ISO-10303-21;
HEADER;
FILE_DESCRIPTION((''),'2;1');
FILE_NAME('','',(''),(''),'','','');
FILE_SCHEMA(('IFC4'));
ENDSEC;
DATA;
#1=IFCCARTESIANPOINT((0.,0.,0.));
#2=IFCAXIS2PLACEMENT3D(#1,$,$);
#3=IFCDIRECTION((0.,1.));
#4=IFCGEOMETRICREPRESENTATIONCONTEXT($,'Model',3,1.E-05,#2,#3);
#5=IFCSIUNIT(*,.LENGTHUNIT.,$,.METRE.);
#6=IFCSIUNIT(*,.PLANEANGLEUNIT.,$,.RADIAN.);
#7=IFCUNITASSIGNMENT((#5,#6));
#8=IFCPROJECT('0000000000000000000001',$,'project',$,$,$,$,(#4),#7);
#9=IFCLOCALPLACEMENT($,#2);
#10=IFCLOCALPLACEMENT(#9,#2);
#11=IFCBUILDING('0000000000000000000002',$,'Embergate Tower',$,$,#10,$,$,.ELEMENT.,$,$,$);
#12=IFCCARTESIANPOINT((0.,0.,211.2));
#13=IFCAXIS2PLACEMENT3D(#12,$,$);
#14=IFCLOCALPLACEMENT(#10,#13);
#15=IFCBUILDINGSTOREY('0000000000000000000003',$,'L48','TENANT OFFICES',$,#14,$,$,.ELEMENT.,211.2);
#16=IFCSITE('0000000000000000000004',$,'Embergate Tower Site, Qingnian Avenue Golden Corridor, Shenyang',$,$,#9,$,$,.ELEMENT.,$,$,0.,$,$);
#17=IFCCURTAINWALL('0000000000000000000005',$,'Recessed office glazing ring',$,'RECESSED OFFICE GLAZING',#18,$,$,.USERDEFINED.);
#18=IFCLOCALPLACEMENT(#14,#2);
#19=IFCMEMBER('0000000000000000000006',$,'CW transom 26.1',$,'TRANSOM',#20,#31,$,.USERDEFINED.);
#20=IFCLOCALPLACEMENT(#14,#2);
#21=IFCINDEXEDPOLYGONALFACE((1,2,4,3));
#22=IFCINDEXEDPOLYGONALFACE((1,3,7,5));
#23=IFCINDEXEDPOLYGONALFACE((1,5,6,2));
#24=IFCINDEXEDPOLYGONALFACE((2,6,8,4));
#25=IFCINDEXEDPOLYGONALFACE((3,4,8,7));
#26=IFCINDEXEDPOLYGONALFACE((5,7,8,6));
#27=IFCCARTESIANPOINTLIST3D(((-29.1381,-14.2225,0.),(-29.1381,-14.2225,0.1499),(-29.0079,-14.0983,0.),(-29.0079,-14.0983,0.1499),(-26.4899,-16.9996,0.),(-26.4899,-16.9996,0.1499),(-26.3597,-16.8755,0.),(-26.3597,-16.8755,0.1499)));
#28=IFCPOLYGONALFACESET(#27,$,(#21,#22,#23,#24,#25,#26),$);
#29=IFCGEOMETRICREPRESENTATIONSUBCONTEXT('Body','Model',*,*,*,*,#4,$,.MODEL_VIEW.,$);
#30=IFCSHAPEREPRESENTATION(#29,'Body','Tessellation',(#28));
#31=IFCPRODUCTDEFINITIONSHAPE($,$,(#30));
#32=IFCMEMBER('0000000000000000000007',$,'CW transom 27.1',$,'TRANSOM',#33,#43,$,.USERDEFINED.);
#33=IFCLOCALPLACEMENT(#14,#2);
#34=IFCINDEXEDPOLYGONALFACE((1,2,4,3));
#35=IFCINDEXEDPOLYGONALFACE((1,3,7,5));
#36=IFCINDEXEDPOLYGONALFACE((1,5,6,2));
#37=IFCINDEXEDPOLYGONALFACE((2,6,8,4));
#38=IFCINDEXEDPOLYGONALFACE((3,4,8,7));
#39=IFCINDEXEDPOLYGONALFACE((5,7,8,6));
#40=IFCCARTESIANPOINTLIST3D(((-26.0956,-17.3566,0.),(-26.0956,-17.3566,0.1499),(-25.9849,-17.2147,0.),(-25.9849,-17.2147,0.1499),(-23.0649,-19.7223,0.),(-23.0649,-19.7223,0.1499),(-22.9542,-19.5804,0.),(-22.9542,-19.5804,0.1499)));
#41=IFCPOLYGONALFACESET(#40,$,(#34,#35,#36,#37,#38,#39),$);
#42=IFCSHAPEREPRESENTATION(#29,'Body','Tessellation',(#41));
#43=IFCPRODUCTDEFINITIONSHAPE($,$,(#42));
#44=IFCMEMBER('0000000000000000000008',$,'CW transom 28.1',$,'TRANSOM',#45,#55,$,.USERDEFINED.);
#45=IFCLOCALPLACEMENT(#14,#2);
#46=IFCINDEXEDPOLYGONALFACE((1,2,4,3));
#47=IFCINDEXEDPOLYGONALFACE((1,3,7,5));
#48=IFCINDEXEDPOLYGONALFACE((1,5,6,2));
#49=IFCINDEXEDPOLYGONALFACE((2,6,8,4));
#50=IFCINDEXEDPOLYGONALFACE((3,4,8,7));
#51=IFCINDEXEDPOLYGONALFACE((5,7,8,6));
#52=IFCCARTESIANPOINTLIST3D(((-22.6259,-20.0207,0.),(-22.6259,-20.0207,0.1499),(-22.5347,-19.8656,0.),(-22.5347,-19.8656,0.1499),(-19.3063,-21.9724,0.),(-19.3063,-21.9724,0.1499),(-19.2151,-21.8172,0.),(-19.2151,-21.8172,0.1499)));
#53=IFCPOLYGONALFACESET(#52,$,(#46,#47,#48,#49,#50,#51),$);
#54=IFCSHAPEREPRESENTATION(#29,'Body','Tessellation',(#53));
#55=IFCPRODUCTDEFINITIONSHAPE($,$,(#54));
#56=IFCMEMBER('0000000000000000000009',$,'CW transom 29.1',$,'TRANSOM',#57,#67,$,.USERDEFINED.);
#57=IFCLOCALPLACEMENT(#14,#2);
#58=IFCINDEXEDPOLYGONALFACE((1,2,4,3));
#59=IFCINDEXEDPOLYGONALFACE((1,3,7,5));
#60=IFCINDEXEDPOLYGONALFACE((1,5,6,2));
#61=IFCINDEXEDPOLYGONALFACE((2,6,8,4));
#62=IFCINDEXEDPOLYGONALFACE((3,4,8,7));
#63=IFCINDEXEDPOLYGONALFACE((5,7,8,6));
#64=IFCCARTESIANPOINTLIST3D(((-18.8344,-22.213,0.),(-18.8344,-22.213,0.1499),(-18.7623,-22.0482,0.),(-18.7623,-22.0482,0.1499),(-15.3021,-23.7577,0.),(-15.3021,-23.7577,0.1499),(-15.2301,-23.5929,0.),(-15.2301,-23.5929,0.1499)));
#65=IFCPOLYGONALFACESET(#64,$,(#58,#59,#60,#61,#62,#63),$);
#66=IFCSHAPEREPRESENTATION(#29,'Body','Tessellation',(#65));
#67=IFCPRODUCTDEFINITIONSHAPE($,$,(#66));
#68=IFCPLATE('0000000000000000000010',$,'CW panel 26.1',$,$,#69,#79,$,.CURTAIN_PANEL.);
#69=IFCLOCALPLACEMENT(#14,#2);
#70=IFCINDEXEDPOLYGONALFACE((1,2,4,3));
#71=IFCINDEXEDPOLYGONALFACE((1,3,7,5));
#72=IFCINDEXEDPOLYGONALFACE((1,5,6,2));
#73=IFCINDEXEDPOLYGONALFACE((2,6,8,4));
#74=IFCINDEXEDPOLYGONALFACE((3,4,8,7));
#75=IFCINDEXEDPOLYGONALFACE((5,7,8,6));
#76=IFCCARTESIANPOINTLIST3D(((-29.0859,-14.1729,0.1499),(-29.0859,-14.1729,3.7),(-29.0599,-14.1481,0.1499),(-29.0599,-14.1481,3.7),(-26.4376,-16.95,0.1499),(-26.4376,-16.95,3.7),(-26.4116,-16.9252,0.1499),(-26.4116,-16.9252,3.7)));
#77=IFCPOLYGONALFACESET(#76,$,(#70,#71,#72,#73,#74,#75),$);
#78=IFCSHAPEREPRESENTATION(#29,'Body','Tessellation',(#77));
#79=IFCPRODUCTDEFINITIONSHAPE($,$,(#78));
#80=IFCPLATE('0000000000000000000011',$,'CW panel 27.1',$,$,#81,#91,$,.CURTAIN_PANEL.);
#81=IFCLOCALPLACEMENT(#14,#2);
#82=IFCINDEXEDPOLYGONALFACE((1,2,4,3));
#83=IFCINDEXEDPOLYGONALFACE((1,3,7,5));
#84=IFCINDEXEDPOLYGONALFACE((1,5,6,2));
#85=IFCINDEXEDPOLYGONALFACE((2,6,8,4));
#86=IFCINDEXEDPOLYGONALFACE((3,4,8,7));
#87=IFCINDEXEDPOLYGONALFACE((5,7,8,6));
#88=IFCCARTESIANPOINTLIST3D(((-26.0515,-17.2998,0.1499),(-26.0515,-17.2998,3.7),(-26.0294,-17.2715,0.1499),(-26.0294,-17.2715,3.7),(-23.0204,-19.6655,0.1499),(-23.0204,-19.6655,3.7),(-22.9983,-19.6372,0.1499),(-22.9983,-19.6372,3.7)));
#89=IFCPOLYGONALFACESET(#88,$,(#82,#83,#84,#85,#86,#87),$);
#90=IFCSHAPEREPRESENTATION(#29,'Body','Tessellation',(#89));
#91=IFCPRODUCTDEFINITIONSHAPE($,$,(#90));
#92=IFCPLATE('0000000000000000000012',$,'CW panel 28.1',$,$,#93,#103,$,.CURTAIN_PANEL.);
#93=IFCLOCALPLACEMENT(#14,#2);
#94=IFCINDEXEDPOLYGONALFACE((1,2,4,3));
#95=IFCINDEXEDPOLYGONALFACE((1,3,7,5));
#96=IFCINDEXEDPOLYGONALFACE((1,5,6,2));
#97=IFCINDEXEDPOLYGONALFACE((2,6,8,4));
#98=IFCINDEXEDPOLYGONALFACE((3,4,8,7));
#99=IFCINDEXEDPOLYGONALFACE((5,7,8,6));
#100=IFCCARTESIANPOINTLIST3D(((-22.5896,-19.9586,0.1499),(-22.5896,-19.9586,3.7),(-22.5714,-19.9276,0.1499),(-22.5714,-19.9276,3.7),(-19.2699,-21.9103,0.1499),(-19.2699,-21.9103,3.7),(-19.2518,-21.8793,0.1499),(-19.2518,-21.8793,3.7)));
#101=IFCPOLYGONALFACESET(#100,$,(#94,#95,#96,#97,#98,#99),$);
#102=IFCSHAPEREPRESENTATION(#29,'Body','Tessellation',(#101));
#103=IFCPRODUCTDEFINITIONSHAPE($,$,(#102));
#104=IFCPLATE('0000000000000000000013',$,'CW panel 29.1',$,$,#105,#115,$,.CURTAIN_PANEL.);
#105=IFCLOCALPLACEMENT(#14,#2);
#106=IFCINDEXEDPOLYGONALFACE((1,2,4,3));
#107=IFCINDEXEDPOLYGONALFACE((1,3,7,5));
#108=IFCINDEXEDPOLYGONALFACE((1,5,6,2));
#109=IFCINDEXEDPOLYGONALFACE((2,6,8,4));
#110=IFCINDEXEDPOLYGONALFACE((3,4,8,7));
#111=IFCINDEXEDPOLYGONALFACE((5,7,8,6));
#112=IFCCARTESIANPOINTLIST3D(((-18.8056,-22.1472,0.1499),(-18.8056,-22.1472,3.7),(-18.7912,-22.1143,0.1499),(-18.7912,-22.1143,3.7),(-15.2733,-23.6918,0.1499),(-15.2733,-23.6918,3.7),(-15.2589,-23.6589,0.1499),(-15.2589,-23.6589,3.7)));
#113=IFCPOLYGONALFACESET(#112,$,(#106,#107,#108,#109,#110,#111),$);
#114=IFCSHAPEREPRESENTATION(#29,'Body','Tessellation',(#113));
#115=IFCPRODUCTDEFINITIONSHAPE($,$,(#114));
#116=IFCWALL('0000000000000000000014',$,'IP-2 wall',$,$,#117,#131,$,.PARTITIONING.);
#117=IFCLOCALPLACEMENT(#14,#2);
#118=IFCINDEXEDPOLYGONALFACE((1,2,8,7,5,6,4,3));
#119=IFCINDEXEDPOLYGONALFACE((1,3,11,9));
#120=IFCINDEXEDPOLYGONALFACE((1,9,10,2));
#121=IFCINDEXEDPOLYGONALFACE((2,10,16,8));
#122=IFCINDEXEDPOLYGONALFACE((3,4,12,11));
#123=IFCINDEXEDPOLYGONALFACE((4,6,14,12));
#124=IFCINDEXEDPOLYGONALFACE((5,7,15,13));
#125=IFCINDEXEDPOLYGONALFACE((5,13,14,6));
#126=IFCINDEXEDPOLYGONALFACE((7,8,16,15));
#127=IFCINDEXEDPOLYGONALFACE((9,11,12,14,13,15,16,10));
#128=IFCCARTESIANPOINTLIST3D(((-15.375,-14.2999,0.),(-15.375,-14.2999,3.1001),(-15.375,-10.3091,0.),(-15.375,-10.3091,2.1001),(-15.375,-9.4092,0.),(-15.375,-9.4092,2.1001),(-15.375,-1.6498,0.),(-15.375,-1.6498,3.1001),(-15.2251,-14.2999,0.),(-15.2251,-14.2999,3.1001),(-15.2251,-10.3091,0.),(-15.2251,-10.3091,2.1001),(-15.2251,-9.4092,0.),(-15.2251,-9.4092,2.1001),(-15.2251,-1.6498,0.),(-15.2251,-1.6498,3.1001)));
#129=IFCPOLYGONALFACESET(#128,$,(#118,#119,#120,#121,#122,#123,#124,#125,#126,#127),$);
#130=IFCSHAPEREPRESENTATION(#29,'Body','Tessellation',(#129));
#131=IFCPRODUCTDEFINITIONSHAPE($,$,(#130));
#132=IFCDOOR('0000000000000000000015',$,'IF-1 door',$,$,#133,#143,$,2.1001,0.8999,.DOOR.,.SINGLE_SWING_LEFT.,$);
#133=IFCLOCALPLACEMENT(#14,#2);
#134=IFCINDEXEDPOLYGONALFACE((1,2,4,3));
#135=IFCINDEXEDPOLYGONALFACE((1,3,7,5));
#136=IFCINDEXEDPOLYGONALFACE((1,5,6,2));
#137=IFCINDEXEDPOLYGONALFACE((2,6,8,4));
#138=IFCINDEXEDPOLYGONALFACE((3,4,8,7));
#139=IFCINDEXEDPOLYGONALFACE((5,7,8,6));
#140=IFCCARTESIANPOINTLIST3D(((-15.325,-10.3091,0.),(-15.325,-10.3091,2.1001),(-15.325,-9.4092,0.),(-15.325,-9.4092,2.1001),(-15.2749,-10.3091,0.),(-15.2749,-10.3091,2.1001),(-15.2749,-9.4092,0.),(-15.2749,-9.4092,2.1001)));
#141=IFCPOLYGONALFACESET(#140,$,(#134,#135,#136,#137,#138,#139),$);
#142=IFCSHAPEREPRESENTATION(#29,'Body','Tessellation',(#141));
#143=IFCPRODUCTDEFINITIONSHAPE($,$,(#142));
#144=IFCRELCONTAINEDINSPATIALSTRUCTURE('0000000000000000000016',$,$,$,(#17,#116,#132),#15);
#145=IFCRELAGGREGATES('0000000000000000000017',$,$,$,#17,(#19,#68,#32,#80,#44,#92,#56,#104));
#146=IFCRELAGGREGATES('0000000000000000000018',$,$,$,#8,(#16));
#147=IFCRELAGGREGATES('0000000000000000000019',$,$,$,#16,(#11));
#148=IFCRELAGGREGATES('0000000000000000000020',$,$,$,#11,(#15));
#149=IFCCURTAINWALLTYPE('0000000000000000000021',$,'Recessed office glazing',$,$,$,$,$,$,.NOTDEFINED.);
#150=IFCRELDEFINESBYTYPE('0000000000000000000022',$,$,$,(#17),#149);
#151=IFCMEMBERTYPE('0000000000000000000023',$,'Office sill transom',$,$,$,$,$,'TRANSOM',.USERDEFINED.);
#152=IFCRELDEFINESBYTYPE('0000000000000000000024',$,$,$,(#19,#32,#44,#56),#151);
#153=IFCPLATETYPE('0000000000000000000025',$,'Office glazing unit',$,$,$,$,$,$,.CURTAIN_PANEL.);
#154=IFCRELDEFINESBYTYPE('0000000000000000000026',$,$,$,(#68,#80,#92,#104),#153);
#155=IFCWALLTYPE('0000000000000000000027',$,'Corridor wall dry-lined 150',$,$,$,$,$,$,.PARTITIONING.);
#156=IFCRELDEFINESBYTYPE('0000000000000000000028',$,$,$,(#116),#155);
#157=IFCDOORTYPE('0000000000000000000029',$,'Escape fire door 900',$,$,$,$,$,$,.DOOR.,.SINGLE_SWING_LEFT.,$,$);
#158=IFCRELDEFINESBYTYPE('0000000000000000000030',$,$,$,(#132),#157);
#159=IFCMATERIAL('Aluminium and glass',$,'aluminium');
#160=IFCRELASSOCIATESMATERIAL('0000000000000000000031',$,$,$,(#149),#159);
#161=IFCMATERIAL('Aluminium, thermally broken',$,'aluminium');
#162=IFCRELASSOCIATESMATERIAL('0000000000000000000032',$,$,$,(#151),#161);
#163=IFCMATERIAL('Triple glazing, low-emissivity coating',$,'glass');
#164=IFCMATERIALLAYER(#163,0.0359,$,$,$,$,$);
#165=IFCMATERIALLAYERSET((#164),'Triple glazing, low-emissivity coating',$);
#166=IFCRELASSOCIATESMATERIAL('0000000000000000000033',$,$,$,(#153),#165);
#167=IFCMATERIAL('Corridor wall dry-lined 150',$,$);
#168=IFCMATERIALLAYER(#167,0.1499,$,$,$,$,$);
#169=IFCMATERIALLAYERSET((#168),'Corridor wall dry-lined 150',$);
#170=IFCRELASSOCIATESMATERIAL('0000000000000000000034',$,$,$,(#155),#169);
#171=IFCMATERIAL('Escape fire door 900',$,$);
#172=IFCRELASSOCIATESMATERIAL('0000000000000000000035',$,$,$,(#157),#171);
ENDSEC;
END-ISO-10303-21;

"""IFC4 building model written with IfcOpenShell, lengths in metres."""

from ifc_helpers import new_model, si_unit, direction, frame, frame_2d, origin, origin_2d, place, context, subcontext, project, spatial, rectangle, extrude, source, transform, mapped, material, layer, layer_set, material_profile, profile_set, type_object, element, fill, aggregate, save


model = new_model("IFC4")

# Units and contexts
model_context = context("Model", 3, precision=1e-05, world=origin(), true_north=direction((0.0, 1.0)))
body_context = subcontext(model_context, "Body", "Model", "MODEL_VIEW")
ifc_project = project(units=[si_unit("LENGTHUNIT", "METRE"), si_unit("PLANEANGLEUNIT", "RADIAN")], contexts=[model_context])

# Site, building, storey
site_placement = place(None, origin())
site = spatial("IfcSite", under=ifc_project, at=site_placement, Name="Embergate Tower Site, Qingnian Avenue Golden Corridor, Shenyang", CompositionType="ELEMENT", RefElevation=0.0)
building_placement = place(site_placement, origin())
building = spatial("IfcBuilding", under=site, at=building_placement, Name="Embergate Tower", CompositionType="ELEMENT")
storey_placement = place(building_placement, frame((0.0, 0.0, 211.2)))
storey = spatial("IfcBuildingStorey", under=building, at=storey_placement, Name="L48", Description="TENANT OFFICES", CompositionType="ELEMENT", Elevation=211.2)

# Curtain wall, members, plates
ifc_material_1 = material(Name="Aluminium and glass", Category="aluminium")
curtain_wall_type = type_object("IfcCurtainWallType", Name="Recessed office glazing", PredefinedType="NOTDEFINED", material=ifc_material_1)
curtain_wall_placement = place(storey_placement, origin())
curtain_wall = element("IfcCurtainWall", 1, at=curtain_wall_placement, inside=storey, type_object=curtain_wall_type, Name="Recessed office glazing ring", ObjectType="RECESSED OFFICE GLAZING", PredefinedType="USERDEFINED")
ifc_material_2 = material(Name="Aluminium, thermally broken", Category="aluminium")
ifc_material_profile_1 = material_profile(ifc_material_2, rectangle(XDim=0.1799, YDim=0.1499, at=origin_2d()), Name="AL 150x180")
ifc_profile_set_1 = profile_set([ifc_material_profile_1], Name="Aluminium, thermally broken")
member_type_1 = type_object("IfcMemberType", Name="Office sill transom", ElementType="TRANSOM", PredefinedType="USERDEFINED", material=ifc_profile_set_1)
shared_shape_1 = source(origin(), body_context, "Body", "SweptSolid", [
    extrude(rectangle(XDim=0.1799, YDim=0.1499, at=origin_2d()), origin(), (0.0, 0.0, 1.0), 3.8374),
])
member_1_placement = place(storey_placement, frame((-29.073, -14.1604, 0.075), z_axis=(0.690111, -0.723704, 0.0), x_axis=(0.723704, 0.690111, 0.0)))
member_1 = element("IfcMember", 2, at=member_1_placement, type_object=member_type_1, Name="CW transom 26.1", ObjectType="TRANSOM", PredefinedType="USERDEFINED", context=body_context, shape_type="MappedRepresentation", body=[
    mapped(shared_shape_1, transform((0.0, 0.0, 0.0))),
])
shared_shape_2 = source(origin(), body_context, "Body", "SweptSolid", [
    extrude(rectangle(XDim=0.1799, YDim=0.1499, at=origin_2d()), origin(), (0.0, 0.0, 1.0), 3.8447),
])
member_2_placement = place(storey_placement, frame((-26.0403, -17.2856, 0.075), z_axis=(0.788284, -0.615311, 0.0), x_axis=(0.615311, 0.788284, 0.0)))
member_2 = element("IfcMember", 3, at=member_2_placement, type_object=member_type_1, Name="CW transom 27.1", ObjectType="TRANSOM", PredefinedType="USERDEFINED", context=body_context, shape_type="MappedRepresentation", body=[
    mapped(shared_shape_2, transform((0.0, 0.0, 0.0))),
])
shared_shape_3 = source(origin(), body_context, "Body", "SweptSolid", [
    extrude(rectangle(XDim=0.1799, YDim=0.1499, at=origin_2d()), origin(), (0.0, 0.0, 1.0), 3.8508),
])
member_3_placement = place(storey_placement, frame((-22.5803, -19.9431, 0.075), z_axis=(0.862052, -0.506821, 0.0), x_axis=(0.506821, 0.862052, 0.0)))
member_3 = element("IfcMember", 4, at=member_3_placement, type_object=member_type_1, Name="CW transom 28.1", ObjectType="TRANSOM", PredefinedType="USERDEFINED", context=body_context, shape_type="MappedRepresentation", body=[
    mapped(shared_shape_3, transform((0.0, 0.0, 0.0))),
])
shared_shape_4 = source(origin(), body_context, "Body", "SweptSolid", [
    extrude(rectangle(XDim=0.1799, YDim=0.1499, at=origin_2d()), origin(), (0.0, 0.0, 1.0), 3.8552),
])
member_4_placement = place(storey_placement, frame((-18.7983, -22.1306, 0.075), z_axis=(0.916221, -0.400673, 0.0), x_axis=(0.400673, 0.916221, 0.0)))
member_4 = element("IfcMember", 5, at=member_4_placement, type_object=member_type_1, Name="CW transom 29.1", ObjectType="TRANSOM", PredefinedType="USERDEFINED", context=body_context, shape_type="MappedRepresentation", body=[
    mapped(shared_shape_4, transform((0.0, 0.0, 0.0))),
])
ifc_material_3 = material(Name="Triple glazing, low-emissivity coating", Category="glass")
ifc_layer_1 = layer(ifc_material_3, 0.0359)
ifc_layer_set_1 = layer_set([ifc_layer_1], Name="Triple glazing, low-emissivity coating")
plate_type = type_object("IfcPlateType", Name="Office glazing unit", PredefinedType="CURTAIN_PANEL", material=ifc_layer_set_1)
shared_shape_5 = source(origin(), body_context, "Body", "SweptSolid", [
    extrude(rectangle(XDim=3.8374, YDim=0.0359, at=origin_2d()), origin(), (0.0, 0.0, 1.0), 3.55),
])
plate_1_placement = place(storey_placement, frame((-27.7488, -15.5491, 0.1499), z_axis=(0.0, 0.0, 1.0), x_axis=(0.690129, -0.723687, 0.0)))
plate_1 = element("IfcPlate", 6, at=plate_1_placement, type_object=plate_type, Name="CW panel 26.1", PredefinedType="CURTAIN_PANEL", context=body_context, shape_type="MappedRepresentation", body=[
    mapped(shared_shape_5, transform((0.0, 0.0, 0.0))),
])
shared_shape_6 = source(origin(), body_context, "Body", "SweptSolid", [
    extrude(rectangle(XDim=3.845, YDim=0.0359, at=origin_2d()), origin(), (0.0, 0.0, 1.0), 3.55),
])
plate_2_placement = place(storey_placement, frame((-24.5249, -18.4685, 0.1499), z_axis=(0.0, 0.0, 1.0), x_axis=(0.788316, -0.615271, 0.0)))
plate_2 = element("IfcPlate", 7, at=plate_2_placement, type_object=plate_type, Name="CW panel 27.1", PredefinedType="CURTAIN_PANEL", context=body_context, shape_type="MappedRepresentation", body=[
    mapped(shared_shape_6, transform((0.0, 0.0, 0.0))),
])
shared_shape_7 = source(origin(), body_context, "Body", "SweptSolid", [
    extrude(rectangle(XDim=3.8508, YDim=0.0359, at=origin_2d()), origin(), (0.0, 0.0, 1.0), 3.55),
])
plate_3_placement = place(storey_placement, frame((-20.9207, -20.9189, 0.1499), z_axis=(0.0, 0.0, 1.0), x_axis=(0.86205, -0.506824, 0.0)))
plate_3 = element("IfcPlate", 8, at=plate_3_placement, type_object=plate_type, Name="CW panel 28.1", PredefinedType="CURTAIN_PANEL", context=body_context, shape_type="MappedRepresentation", body=[
    mapped(shared_shape_7, transform((0.0, 0.0, 0.0))),
])
shared_shape_8 = source(origin(), body_context, "Body", "SweptSolid", [
    extrude(rectangle(XDim=3.8552, YDim=0.0359, at=origin_2d()), origin(), (0.0, 0.0, 1.0), 3.55),
])
plate_4_placement = place(storey_placement, frame((-17.0322, -22.9031, 0.1499), z_axis=(0.0, 0.0, 1.0), x_axis=(0.916233, -0.400645, 0.0)))
plate_4 = element("IfcPlate", 9, at=plate_4_placement, type_object=plate_type, Name="CW panel 29.1", PredefinedType="CURTAIN_PANEL", context=body_context, shape_type="MappedRepresentation", body=[
    mapped(shared_shape_8, transform((0.0, 0.0, 0.0))),
])
aggregate(curtain_wall, [member_1, plate_1, member_2, plate_2, member_3, plate_3, member_4, plate_4])

# Wall, opening, door
ifc_material_4 = material(Name="Corridor wall dry-lined 150")
ifc_layer_2 = layer(ifc_material_4, 0.1499)
ifc_layer_set_2 = layer_set([ifc_layer_2], Name="Corridor wall dry-lined 150")
wall_type_1 = type_object("IfcWallType", Name="Corridor wall dry-lined 150", PredefinedType="PARTITIONING", material=ifc_layer_set_2)
shared_shape_9 = source(origin(), body_context, "Body", "SweptSolid", [
    extrude(rectangle(XDim=12.6501, YDim=0.1499, at=frame_2d((6.3252, 0.0))), origin(), (0.0, 0.0, 1.0), 3.1001),
])
wall_1_placement = place(storey_placement, frame((-15.3, -14.3, 0.0), z_axis=(0.0, 0.0, 1.0), x_axis=(0.0, 1.0, 0.0)))
wall_1 = element("IfcWall", 10, at=wall_1_placement, inside=storey, type_object=wall_type_1, Name="IP-2 wall", PredefinedType="PARTITIONING", context=body_context, shape_type="MappedRepresentation", body=[
    mapped(shared_shape_9, transform((0.0, 0.0, 0.0))),
])
shared_shape_10 = source(origin(), body_context, "Body", "SweptSolid", [
    extrude(rectangle(XDim=0.8999, YDim=2.1001, at=frame_2d((0.45, 1.05))), frame((0.0, 0.085, 0.0), z_axis=(0.0, -1.0, 0.0), x_axis=(1.0, 0.0, 0.0)), (0.0, 0.0, 1.0), 0.1699),
])
opening_1_placement = place(wall_1_placement, frame((3.991, 0.0, 0.0)))
opening_1 = element("IfcOpeningElement", 11, at=opening_1_placement, cuts=wall_1, PredefinedType="OPENING", context=body_context, shape_type="MappedRepresentation", body=[
    mapped(shared_shape_10, transform((0.0, 0.0, 0.0))),
])
ifc_material_5 = material(Name="Escape fire door 900")
door_type_1 = type_object("IfcDoorType", Name="Escape fire door 900", OperationType="SINGLE_SWING_LEFT", PredefinedType="DOOR", material=ifc_material_5)
shared_shape_11 = source(origin(), body_context, "Body", "SweptSolid", [
    extrude(rectangle(XDim=0.8999, YDim=2.1001, at=frame_2d((0.45, 1.05))), frame((0.0, 0.0249, 0.0), z_axis=(0.0, -1.0, 0.0), x_axis=(1.0, 0.0, 0.0)), (0.0, 0.0, 1.0), 0.05),
])
door_1_placement = place(opening_1_placement, origin())
door_1 = element("IfcDoor", 12, at=door_1_placement, inside=storey, type_object=door_type_1, Name="IF-1 door", OperationType="SINGLE_SWING_LEFT", OverallHeight=2.1001, OverallWidth=0.8999, PredefinedType="DOOR", context=body_context, shape_type="MappedRepresentation", body=[
    mapped(shared_shape_11, transform((0.0, 0.0, 0.0))),
])
fill(opening_1, door_1)

save(model, "model.ifc")
